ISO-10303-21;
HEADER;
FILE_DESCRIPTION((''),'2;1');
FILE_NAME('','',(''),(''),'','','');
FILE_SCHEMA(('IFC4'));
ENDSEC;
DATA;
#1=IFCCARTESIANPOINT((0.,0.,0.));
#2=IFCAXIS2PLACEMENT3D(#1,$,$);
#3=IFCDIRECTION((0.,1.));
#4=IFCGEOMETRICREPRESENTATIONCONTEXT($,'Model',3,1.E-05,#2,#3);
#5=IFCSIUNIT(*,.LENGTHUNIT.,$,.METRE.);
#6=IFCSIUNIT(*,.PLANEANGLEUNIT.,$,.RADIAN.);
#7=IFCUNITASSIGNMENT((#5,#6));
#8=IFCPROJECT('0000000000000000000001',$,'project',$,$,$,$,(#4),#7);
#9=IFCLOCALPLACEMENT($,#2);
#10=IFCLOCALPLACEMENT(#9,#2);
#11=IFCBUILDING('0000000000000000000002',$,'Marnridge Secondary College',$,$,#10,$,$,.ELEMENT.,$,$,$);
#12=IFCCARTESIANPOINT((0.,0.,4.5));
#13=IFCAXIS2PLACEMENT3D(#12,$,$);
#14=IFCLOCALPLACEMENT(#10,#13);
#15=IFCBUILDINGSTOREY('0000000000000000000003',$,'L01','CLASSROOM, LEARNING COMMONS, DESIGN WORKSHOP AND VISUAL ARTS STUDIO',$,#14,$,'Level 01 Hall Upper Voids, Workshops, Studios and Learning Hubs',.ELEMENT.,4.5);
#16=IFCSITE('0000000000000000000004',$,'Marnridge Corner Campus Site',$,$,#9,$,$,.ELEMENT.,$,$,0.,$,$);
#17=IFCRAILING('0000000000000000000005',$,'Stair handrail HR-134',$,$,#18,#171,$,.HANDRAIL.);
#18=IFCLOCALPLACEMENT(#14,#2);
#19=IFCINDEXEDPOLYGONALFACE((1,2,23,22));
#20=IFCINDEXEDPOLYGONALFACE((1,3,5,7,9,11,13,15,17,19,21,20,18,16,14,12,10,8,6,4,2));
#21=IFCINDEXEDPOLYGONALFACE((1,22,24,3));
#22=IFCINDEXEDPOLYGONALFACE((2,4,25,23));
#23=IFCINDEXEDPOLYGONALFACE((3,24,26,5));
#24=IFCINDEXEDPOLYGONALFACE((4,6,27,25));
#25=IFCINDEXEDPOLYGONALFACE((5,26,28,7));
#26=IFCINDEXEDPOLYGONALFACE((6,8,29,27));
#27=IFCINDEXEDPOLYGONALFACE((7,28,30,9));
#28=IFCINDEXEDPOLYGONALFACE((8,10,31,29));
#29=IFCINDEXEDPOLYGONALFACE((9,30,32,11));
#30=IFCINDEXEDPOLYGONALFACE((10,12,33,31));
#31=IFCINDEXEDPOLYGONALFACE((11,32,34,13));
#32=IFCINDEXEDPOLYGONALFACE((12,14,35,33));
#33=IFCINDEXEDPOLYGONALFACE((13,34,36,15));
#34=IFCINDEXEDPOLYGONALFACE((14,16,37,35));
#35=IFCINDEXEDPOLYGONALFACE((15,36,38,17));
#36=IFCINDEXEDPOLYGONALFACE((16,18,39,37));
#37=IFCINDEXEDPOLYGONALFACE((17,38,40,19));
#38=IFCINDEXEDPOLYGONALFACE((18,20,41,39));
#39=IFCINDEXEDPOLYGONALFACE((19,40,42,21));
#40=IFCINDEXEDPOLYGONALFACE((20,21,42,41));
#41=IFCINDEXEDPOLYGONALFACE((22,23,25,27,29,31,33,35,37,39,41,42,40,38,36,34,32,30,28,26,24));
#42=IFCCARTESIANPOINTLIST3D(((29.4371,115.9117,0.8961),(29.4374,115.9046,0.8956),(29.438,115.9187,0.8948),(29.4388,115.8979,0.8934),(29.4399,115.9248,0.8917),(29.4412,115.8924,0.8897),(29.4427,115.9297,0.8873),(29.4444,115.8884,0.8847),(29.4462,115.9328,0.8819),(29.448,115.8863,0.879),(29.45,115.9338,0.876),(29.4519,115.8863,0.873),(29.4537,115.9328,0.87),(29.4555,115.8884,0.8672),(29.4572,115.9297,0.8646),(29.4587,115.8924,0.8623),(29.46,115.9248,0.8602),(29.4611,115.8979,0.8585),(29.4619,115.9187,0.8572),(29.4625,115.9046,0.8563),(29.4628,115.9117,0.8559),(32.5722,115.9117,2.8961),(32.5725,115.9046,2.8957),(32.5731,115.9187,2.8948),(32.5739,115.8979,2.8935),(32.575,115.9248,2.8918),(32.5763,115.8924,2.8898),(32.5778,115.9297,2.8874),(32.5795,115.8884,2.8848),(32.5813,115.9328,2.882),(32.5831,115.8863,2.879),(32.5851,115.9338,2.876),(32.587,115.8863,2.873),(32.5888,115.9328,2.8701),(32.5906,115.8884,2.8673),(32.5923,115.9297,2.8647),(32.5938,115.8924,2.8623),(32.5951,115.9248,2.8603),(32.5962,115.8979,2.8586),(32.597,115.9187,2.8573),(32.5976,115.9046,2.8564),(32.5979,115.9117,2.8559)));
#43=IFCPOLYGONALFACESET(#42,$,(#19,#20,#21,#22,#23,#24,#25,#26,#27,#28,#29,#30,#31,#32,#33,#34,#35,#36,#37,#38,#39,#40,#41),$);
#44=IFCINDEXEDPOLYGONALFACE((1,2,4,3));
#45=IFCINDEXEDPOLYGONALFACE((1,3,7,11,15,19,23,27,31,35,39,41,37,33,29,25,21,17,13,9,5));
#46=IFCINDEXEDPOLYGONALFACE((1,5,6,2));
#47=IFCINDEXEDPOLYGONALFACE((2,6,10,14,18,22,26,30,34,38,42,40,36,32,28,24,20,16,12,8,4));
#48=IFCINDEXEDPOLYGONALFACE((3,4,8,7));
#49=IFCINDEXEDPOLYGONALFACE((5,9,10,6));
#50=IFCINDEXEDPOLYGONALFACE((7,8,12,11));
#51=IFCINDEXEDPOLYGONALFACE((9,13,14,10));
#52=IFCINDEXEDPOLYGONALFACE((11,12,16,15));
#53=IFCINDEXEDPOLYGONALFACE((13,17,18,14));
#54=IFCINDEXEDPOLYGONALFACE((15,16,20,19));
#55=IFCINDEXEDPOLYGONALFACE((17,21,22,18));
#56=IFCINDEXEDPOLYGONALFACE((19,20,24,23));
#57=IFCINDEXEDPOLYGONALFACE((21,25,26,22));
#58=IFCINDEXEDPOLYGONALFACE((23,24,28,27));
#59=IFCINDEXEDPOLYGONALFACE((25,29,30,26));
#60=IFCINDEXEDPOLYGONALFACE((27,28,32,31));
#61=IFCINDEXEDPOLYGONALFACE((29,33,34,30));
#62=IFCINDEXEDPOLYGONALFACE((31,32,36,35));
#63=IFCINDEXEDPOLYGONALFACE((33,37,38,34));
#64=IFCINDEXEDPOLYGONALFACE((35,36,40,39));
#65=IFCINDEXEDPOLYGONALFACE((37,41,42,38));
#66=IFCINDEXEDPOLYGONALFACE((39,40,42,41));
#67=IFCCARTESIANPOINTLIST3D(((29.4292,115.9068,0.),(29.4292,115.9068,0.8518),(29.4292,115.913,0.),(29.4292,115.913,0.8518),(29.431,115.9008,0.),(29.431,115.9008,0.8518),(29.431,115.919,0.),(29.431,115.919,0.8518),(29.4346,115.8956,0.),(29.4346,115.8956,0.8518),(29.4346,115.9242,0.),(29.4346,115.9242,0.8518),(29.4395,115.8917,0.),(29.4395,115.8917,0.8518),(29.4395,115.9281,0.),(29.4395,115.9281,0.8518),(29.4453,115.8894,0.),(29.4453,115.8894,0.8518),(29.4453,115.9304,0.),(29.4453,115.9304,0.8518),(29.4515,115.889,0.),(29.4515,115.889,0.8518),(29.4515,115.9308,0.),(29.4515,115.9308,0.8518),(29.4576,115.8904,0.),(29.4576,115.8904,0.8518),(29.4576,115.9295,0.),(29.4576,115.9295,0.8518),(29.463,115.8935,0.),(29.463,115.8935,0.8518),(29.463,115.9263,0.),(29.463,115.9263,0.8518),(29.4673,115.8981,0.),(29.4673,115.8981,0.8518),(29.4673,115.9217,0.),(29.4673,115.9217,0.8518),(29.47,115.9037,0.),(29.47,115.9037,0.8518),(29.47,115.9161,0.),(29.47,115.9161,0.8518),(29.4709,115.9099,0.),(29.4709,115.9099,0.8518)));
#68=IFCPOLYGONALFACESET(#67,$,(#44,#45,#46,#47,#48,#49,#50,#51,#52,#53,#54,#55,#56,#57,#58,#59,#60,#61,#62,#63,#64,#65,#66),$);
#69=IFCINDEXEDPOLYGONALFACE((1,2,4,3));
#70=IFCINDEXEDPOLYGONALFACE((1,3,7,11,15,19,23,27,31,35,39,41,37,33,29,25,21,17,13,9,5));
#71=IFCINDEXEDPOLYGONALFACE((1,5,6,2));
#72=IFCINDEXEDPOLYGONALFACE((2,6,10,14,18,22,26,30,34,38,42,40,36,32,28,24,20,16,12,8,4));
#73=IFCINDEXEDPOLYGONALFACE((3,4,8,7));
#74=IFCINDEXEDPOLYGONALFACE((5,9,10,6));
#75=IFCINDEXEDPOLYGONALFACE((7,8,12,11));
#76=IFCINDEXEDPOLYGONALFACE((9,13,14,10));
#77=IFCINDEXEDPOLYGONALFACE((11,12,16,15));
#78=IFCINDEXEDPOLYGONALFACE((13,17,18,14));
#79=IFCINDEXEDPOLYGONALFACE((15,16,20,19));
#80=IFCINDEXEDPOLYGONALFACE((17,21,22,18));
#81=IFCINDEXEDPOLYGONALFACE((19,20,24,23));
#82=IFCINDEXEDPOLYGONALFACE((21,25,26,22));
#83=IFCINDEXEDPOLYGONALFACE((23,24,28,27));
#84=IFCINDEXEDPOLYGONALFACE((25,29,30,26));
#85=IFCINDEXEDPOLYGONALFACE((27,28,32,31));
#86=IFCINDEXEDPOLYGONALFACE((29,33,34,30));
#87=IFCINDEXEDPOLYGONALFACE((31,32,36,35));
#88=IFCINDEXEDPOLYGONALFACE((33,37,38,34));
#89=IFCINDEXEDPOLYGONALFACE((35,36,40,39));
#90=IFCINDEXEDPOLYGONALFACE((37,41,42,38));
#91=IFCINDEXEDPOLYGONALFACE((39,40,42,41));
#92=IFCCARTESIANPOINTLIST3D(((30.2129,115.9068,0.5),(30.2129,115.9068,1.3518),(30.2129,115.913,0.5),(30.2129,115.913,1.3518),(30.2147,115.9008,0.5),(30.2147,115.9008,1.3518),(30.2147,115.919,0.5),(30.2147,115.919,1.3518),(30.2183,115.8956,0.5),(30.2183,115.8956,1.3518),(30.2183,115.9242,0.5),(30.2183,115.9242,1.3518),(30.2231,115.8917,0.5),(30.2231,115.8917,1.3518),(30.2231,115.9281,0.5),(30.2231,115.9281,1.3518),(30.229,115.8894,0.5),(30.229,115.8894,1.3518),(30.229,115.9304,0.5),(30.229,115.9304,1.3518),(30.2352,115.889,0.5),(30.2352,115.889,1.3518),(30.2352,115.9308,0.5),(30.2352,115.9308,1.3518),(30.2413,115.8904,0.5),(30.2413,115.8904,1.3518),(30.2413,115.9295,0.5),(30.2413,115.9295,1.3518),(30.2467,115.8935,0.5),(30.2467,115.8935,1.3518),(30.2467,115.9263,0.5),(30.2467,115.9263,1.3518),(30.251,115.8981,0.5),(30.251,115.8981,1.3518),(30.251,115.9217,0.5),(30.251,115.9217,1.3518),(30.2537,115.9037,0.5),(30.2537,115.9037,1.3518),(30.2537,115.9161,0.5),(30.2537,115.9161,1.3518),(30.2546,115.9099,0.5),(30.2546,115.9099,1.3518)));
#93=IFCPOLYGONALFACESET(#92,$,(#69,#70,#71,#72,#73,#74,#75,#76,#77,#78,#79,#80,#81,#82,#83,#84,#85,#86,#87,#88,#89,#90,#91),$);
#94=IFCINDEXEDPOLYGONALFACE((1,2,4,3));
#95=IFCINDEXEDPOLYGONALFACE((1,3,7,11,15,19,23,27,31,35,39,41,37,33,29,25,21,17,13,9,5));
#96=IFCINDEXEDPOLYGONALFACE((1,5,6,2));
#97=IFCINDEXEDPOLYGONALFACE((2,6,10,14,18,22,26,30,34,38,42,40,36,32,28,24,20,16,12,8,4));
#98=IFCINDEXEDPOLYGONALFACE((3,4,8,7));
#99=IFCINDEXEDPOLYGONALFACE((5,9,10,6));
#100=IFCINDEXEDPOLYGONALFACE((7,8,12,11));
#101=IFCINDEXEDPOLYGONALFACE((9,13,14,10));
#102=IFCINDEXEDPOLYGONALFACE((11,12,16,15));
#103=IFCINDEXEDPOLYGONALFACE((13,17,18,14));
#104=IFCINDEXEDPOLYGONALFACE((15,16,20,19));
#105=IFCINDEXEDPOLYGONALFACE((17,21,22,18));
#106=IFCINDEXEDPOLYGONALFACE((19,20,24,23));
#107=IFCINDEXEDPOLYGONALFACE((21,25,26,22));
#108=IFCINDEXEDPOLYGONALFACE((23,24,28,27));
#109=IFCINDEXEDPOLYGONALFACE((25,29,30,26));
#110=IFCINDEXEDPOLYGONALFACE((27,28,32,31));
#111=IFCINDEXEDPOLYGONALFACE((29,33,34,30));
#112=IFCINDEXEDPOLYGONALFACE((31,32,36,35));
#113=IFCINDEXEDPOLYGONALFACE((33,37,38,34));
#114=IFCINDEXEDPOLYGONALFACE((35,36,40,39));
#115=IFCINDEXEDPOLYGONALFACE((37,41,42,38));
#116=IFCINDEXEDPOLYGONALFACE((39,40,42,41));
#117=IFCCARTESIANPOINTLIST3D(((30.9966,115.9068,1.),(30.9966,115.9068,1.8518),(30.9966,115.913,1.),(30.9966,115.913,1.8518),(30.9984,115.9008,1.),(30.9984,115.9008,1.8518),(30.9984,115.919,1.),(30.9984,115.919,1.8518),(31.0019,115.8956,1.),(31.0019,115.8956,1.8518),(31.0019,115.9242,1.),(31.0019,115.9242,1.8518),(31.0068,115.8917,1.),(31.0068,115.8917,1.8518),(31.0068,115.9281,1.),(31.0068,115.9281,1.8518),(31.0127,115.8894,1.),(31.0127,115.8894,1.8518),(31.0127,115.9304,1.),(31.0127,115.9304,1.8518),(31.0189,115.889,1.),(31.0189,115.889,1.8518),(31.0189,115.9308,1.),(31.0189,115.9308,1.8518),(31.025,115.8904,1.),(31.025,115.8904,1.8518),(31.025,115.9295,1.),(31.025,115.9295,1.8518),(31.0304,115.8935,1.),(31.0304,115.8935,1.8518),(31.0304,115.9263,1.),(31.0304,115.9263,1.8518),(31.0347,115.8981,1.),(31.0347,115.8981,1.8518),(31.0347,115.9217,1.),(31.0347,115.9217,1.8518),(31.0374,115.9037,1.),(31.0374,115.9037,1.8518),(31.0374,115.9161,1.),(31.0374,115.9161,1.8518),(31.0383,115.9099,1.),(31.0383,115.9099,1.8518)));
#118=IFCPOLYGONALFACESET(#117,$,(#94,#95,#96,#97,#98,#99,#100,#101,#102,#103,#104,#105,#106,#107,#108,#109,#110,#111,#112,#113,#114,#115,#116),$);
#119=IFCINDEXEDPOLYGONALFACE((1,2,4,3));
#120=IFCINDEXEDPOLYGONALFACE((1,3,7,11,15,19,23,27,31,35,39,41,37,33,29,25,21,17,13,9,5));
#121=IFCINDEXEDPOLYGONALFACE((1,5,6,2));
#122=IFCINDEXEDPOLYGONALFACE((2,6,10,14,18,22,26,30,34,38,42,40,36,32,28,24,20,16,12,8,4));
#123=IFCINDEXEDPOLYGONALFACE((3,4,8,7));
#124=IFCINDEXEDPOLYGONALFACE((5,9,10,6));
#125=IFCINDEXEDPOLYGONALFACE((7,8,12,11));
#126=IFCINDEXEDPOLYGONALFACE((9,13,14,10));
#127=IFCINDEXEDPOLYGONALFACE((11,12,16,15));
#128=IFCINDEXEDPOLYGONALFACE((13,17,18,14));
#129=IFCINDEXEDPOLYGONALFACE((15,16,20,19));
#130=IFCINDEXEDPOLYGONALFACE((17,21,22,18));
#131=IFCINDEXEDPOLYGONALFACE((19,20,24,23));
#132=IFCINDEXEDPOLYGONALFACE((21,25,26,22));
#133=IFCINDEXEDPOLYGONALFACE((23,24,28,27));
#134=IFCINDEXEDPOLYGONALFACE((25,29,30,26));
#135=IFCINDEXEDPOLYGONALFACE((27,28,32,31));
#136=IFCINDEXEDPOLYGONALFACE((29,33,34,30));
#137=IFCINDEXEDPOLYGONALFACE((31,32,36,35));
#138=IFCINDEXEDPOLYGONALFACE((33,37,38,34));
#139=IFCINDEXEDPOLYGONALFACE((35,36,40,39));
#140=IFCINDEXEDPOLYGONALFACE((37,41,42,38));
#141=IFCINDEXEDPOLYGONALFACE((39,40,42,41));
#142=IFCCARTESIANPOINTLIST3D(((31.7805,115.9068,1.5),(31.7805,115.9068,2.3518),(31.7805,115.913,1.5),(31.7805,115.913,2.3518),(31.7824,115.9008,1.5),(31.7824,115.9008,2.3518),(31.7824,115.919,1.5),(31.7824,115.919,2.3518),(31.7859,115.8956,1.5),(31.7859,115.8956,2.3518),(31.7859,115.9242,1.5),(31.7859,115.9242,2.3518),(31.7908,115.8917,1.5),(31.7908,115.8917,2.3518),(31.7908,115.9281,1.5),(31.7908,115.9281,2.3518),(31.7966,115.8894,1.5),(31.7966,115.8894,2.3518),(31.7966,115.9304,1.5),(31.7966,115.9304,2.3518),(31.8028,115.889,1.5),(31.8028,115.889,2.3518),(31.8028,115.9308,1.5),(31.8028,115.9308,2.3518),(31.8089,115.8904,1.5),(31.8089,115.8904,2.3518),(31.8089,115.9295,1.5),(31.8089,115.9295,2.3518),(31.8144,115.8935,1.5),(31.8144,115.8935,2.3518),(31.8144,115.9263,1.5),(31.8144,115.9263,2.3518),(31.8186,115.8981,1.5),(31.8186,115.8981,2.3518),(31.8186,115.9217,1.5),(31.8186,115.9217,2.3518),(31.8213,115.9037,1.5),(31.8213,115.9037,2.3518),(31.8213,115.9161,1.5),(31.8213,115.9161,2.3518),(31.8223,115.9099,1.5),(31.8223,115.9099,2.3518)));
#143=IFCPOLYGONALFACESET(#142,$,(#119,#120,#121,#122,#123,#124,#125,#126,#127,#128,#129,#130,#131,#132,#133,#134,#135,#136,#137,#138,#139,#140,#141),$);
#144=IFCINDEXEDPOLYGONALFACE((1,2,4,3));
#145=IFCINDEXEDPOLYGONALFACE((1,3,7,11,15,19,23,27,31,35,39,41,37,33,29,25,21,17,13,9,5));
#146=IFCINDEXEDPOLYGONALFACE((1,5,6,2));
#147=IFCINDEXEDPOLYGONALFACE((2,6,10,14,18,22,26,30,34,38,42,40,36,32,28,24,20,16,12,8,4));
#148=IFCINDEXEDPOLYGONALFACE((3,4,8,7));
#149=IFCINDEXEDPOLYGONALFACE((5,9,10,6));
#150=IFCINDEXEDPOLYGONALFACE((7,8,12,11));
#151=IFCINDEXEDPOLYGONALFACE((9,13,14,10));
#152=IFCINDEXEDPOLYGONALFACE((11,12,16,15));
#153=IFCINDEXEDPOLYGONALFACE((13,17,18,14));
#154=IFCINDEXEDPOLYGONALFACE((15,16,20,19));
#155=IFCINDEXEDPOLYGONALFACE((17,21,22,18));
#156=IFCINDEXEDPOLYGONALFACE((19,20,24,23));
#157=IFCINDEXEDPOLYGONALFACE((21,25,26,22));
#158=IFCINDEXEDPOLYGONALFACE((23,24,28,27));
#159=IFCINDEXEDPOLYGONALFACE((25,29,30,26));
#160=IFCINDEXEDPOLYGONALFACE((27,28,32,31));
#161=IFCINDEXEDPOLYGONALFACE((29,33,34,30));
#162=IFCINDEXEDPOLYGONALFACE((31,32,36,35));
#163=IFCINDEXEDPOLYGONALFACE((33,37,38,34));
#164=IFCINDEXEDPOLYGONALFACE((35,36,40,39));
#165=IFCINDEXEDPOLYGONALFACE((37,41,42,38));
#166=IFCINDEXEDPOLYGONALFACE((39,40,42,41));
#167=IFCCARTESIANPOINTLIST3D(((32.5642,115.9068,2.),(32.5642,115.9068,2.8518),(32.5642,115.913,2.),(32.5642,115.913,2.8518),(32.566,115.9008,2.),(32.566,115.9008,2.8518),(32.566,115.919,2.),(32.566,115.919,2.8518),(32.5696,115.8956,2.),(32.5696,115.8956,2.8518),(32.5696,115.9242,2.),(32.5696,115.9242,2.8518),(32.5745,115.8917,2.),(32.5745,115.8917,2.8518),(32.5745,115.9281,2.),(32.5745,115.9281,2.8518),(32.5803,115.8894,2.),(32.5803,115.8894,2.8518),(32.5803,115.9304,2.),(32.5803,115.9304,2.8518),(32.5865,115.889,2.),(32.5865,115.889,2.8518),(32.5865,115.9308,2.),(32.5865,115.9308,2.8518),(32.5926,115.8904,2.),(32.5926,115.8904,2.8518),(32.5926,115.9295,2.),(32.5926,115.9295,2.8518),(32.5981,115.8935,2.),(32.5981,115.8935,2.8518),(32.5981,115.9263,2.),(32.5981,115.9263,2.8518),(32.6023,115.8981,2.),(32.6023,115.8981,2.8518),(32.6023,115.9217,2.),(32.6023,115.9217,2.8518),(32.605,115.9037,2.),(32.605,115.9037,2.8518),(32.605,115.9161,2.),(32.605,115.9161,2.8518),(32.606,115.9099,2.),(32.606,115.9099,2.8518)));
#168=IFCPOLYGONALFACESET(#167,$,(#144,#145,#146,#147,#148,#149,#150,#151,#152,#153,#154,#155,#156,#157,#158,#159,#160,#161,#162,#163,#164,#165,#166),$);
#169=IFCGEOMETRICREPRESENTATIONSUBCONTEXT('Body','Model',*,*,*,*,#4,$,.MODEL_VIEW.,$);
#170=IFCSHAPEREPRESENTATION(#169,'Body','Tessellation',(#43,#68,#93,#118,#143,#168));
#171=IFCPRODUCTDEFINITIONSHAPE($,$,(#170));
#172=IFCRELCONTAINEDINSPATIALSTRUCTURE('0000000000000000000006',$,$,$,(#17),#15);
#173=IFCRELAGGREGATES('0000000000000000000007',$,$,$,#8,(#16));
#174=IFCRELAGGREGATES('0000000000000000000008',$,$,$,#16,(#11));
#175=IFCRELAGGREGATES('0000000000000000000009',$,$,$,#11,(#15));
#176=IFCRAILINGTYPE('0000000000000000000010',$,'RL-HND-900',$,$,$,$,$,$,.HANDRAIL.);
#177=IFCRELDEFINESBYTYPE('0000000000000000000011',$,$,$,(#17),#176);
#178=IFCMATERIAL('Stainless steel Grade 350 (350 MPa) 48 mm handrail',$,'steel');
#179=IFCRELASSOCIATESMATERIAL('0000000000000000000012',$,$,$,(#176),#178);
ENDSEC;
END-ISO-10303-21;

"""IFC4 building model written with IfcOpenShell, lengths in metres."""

from ifc_helpers import new_model, si_unit, direction, frame, origin, origin_2d, place, context, subcontext, project, spatial, circle, extrude, material, type_object, element, save


model = new_model("IFC4")

# Units and contexts
model_context = context("Model", 3, precision=1e-05, world=origin(), true_north=direction((0.0, 1.0)))
body_context = subcontext(model_context, "Body", "Model", "MODEL_VIEW")
ifc_project = project(units=[si_unit("LENGTHUNIT", "METRE"), si_unit("PLANEANGLEUNIT", "RADIAN")], contexts=[model_context])

# Site, building, storey
site_placement = place(None, origin())
site = spatial("IfcSite", under=ifc_project, at=site_placement, Name="Marnridge Corner Campus Site", CompositionType="ELEMENT", RefElevation=0.0)
building_placement = place(site_placement, origin())
building = spatial("IfcBuilding", under=site, at=building_placement, Name="Marnridge Secondary College", CompositionType="ELEMENT")
storey_placement = place(building_placement, frame((0.0, 0.0, 4.5)))
storey = spatial("IfcBuildingStorey", under=building, at=storey_placement, Name="L01", Description="CLASSROOM, LEARNING COMMONS, DESIGN WORKSHOP AND VISUAL ARTS STUDIO", LongName="Level 01 Hall Upper Voids, Workshops, Studios and Learning Hubs", CompositionType="ELEMENT", Elevation=4.5)

# Railing
ifc_material_1 = material(Name="Stainless steel Grade 350 (350 MPa) 48 mm handrail", Category="steel")
railing_type_1 = type_object("IfcRailingType", Name="RL-HND-900", PredefinedType="HANDRAIL", material=ifc_material_1)
for number, where, name in (
    (1, (29.45, 115.9099, 0.0), "Stair handrail HR-134"),
):
    element("IfcRailing", number, at=place(storey_placement, frame(where)), inside=storey, type_object=railing_type_1, Name=name, PredefinedType="HANDRAIL", context=body_context, shape_type="SweptSolid", body=[
        extrude(circle(Radius=0.0239, at=origin_2d()), frame((0.0, 0.0, 0.876), z_axis=(0.843053, 0.0, 0.537831), x_axis=(0.0, 1.0, 0.0)), (0.0, 0.0, 1.0), 3.7188),
        extrude(circle(Radius=0.021, at=origin_2d()), origin(), (0.0, 0.0, 1.0), 0.8518),
        extrude(circle(Radius=0.021, at=origin_2d()), frame((0.7837, 0.0, 0.5)), (0.0, 0.0, 1.0), 0.8518),
        extrude(circle(Radius=0.021, at=origin_2d()), frame((1.5674, 0.0, 1.0)), (0.0, 0.0, 1.0), 0.8518),
        extrude(circle(Radius=0.021, at=origin_2d()), frame((2.3513, 0.0, 1.5)), (0.0, 0.0, 1.0), 0.8518),
        extrude(circle(Radius=0.021, at=origin_2d()), frame((3.135, 0.0, 2.0)), (0.0, 0.0, 1.0), 0.8518),
    ])

save(model, "model.ifc")
